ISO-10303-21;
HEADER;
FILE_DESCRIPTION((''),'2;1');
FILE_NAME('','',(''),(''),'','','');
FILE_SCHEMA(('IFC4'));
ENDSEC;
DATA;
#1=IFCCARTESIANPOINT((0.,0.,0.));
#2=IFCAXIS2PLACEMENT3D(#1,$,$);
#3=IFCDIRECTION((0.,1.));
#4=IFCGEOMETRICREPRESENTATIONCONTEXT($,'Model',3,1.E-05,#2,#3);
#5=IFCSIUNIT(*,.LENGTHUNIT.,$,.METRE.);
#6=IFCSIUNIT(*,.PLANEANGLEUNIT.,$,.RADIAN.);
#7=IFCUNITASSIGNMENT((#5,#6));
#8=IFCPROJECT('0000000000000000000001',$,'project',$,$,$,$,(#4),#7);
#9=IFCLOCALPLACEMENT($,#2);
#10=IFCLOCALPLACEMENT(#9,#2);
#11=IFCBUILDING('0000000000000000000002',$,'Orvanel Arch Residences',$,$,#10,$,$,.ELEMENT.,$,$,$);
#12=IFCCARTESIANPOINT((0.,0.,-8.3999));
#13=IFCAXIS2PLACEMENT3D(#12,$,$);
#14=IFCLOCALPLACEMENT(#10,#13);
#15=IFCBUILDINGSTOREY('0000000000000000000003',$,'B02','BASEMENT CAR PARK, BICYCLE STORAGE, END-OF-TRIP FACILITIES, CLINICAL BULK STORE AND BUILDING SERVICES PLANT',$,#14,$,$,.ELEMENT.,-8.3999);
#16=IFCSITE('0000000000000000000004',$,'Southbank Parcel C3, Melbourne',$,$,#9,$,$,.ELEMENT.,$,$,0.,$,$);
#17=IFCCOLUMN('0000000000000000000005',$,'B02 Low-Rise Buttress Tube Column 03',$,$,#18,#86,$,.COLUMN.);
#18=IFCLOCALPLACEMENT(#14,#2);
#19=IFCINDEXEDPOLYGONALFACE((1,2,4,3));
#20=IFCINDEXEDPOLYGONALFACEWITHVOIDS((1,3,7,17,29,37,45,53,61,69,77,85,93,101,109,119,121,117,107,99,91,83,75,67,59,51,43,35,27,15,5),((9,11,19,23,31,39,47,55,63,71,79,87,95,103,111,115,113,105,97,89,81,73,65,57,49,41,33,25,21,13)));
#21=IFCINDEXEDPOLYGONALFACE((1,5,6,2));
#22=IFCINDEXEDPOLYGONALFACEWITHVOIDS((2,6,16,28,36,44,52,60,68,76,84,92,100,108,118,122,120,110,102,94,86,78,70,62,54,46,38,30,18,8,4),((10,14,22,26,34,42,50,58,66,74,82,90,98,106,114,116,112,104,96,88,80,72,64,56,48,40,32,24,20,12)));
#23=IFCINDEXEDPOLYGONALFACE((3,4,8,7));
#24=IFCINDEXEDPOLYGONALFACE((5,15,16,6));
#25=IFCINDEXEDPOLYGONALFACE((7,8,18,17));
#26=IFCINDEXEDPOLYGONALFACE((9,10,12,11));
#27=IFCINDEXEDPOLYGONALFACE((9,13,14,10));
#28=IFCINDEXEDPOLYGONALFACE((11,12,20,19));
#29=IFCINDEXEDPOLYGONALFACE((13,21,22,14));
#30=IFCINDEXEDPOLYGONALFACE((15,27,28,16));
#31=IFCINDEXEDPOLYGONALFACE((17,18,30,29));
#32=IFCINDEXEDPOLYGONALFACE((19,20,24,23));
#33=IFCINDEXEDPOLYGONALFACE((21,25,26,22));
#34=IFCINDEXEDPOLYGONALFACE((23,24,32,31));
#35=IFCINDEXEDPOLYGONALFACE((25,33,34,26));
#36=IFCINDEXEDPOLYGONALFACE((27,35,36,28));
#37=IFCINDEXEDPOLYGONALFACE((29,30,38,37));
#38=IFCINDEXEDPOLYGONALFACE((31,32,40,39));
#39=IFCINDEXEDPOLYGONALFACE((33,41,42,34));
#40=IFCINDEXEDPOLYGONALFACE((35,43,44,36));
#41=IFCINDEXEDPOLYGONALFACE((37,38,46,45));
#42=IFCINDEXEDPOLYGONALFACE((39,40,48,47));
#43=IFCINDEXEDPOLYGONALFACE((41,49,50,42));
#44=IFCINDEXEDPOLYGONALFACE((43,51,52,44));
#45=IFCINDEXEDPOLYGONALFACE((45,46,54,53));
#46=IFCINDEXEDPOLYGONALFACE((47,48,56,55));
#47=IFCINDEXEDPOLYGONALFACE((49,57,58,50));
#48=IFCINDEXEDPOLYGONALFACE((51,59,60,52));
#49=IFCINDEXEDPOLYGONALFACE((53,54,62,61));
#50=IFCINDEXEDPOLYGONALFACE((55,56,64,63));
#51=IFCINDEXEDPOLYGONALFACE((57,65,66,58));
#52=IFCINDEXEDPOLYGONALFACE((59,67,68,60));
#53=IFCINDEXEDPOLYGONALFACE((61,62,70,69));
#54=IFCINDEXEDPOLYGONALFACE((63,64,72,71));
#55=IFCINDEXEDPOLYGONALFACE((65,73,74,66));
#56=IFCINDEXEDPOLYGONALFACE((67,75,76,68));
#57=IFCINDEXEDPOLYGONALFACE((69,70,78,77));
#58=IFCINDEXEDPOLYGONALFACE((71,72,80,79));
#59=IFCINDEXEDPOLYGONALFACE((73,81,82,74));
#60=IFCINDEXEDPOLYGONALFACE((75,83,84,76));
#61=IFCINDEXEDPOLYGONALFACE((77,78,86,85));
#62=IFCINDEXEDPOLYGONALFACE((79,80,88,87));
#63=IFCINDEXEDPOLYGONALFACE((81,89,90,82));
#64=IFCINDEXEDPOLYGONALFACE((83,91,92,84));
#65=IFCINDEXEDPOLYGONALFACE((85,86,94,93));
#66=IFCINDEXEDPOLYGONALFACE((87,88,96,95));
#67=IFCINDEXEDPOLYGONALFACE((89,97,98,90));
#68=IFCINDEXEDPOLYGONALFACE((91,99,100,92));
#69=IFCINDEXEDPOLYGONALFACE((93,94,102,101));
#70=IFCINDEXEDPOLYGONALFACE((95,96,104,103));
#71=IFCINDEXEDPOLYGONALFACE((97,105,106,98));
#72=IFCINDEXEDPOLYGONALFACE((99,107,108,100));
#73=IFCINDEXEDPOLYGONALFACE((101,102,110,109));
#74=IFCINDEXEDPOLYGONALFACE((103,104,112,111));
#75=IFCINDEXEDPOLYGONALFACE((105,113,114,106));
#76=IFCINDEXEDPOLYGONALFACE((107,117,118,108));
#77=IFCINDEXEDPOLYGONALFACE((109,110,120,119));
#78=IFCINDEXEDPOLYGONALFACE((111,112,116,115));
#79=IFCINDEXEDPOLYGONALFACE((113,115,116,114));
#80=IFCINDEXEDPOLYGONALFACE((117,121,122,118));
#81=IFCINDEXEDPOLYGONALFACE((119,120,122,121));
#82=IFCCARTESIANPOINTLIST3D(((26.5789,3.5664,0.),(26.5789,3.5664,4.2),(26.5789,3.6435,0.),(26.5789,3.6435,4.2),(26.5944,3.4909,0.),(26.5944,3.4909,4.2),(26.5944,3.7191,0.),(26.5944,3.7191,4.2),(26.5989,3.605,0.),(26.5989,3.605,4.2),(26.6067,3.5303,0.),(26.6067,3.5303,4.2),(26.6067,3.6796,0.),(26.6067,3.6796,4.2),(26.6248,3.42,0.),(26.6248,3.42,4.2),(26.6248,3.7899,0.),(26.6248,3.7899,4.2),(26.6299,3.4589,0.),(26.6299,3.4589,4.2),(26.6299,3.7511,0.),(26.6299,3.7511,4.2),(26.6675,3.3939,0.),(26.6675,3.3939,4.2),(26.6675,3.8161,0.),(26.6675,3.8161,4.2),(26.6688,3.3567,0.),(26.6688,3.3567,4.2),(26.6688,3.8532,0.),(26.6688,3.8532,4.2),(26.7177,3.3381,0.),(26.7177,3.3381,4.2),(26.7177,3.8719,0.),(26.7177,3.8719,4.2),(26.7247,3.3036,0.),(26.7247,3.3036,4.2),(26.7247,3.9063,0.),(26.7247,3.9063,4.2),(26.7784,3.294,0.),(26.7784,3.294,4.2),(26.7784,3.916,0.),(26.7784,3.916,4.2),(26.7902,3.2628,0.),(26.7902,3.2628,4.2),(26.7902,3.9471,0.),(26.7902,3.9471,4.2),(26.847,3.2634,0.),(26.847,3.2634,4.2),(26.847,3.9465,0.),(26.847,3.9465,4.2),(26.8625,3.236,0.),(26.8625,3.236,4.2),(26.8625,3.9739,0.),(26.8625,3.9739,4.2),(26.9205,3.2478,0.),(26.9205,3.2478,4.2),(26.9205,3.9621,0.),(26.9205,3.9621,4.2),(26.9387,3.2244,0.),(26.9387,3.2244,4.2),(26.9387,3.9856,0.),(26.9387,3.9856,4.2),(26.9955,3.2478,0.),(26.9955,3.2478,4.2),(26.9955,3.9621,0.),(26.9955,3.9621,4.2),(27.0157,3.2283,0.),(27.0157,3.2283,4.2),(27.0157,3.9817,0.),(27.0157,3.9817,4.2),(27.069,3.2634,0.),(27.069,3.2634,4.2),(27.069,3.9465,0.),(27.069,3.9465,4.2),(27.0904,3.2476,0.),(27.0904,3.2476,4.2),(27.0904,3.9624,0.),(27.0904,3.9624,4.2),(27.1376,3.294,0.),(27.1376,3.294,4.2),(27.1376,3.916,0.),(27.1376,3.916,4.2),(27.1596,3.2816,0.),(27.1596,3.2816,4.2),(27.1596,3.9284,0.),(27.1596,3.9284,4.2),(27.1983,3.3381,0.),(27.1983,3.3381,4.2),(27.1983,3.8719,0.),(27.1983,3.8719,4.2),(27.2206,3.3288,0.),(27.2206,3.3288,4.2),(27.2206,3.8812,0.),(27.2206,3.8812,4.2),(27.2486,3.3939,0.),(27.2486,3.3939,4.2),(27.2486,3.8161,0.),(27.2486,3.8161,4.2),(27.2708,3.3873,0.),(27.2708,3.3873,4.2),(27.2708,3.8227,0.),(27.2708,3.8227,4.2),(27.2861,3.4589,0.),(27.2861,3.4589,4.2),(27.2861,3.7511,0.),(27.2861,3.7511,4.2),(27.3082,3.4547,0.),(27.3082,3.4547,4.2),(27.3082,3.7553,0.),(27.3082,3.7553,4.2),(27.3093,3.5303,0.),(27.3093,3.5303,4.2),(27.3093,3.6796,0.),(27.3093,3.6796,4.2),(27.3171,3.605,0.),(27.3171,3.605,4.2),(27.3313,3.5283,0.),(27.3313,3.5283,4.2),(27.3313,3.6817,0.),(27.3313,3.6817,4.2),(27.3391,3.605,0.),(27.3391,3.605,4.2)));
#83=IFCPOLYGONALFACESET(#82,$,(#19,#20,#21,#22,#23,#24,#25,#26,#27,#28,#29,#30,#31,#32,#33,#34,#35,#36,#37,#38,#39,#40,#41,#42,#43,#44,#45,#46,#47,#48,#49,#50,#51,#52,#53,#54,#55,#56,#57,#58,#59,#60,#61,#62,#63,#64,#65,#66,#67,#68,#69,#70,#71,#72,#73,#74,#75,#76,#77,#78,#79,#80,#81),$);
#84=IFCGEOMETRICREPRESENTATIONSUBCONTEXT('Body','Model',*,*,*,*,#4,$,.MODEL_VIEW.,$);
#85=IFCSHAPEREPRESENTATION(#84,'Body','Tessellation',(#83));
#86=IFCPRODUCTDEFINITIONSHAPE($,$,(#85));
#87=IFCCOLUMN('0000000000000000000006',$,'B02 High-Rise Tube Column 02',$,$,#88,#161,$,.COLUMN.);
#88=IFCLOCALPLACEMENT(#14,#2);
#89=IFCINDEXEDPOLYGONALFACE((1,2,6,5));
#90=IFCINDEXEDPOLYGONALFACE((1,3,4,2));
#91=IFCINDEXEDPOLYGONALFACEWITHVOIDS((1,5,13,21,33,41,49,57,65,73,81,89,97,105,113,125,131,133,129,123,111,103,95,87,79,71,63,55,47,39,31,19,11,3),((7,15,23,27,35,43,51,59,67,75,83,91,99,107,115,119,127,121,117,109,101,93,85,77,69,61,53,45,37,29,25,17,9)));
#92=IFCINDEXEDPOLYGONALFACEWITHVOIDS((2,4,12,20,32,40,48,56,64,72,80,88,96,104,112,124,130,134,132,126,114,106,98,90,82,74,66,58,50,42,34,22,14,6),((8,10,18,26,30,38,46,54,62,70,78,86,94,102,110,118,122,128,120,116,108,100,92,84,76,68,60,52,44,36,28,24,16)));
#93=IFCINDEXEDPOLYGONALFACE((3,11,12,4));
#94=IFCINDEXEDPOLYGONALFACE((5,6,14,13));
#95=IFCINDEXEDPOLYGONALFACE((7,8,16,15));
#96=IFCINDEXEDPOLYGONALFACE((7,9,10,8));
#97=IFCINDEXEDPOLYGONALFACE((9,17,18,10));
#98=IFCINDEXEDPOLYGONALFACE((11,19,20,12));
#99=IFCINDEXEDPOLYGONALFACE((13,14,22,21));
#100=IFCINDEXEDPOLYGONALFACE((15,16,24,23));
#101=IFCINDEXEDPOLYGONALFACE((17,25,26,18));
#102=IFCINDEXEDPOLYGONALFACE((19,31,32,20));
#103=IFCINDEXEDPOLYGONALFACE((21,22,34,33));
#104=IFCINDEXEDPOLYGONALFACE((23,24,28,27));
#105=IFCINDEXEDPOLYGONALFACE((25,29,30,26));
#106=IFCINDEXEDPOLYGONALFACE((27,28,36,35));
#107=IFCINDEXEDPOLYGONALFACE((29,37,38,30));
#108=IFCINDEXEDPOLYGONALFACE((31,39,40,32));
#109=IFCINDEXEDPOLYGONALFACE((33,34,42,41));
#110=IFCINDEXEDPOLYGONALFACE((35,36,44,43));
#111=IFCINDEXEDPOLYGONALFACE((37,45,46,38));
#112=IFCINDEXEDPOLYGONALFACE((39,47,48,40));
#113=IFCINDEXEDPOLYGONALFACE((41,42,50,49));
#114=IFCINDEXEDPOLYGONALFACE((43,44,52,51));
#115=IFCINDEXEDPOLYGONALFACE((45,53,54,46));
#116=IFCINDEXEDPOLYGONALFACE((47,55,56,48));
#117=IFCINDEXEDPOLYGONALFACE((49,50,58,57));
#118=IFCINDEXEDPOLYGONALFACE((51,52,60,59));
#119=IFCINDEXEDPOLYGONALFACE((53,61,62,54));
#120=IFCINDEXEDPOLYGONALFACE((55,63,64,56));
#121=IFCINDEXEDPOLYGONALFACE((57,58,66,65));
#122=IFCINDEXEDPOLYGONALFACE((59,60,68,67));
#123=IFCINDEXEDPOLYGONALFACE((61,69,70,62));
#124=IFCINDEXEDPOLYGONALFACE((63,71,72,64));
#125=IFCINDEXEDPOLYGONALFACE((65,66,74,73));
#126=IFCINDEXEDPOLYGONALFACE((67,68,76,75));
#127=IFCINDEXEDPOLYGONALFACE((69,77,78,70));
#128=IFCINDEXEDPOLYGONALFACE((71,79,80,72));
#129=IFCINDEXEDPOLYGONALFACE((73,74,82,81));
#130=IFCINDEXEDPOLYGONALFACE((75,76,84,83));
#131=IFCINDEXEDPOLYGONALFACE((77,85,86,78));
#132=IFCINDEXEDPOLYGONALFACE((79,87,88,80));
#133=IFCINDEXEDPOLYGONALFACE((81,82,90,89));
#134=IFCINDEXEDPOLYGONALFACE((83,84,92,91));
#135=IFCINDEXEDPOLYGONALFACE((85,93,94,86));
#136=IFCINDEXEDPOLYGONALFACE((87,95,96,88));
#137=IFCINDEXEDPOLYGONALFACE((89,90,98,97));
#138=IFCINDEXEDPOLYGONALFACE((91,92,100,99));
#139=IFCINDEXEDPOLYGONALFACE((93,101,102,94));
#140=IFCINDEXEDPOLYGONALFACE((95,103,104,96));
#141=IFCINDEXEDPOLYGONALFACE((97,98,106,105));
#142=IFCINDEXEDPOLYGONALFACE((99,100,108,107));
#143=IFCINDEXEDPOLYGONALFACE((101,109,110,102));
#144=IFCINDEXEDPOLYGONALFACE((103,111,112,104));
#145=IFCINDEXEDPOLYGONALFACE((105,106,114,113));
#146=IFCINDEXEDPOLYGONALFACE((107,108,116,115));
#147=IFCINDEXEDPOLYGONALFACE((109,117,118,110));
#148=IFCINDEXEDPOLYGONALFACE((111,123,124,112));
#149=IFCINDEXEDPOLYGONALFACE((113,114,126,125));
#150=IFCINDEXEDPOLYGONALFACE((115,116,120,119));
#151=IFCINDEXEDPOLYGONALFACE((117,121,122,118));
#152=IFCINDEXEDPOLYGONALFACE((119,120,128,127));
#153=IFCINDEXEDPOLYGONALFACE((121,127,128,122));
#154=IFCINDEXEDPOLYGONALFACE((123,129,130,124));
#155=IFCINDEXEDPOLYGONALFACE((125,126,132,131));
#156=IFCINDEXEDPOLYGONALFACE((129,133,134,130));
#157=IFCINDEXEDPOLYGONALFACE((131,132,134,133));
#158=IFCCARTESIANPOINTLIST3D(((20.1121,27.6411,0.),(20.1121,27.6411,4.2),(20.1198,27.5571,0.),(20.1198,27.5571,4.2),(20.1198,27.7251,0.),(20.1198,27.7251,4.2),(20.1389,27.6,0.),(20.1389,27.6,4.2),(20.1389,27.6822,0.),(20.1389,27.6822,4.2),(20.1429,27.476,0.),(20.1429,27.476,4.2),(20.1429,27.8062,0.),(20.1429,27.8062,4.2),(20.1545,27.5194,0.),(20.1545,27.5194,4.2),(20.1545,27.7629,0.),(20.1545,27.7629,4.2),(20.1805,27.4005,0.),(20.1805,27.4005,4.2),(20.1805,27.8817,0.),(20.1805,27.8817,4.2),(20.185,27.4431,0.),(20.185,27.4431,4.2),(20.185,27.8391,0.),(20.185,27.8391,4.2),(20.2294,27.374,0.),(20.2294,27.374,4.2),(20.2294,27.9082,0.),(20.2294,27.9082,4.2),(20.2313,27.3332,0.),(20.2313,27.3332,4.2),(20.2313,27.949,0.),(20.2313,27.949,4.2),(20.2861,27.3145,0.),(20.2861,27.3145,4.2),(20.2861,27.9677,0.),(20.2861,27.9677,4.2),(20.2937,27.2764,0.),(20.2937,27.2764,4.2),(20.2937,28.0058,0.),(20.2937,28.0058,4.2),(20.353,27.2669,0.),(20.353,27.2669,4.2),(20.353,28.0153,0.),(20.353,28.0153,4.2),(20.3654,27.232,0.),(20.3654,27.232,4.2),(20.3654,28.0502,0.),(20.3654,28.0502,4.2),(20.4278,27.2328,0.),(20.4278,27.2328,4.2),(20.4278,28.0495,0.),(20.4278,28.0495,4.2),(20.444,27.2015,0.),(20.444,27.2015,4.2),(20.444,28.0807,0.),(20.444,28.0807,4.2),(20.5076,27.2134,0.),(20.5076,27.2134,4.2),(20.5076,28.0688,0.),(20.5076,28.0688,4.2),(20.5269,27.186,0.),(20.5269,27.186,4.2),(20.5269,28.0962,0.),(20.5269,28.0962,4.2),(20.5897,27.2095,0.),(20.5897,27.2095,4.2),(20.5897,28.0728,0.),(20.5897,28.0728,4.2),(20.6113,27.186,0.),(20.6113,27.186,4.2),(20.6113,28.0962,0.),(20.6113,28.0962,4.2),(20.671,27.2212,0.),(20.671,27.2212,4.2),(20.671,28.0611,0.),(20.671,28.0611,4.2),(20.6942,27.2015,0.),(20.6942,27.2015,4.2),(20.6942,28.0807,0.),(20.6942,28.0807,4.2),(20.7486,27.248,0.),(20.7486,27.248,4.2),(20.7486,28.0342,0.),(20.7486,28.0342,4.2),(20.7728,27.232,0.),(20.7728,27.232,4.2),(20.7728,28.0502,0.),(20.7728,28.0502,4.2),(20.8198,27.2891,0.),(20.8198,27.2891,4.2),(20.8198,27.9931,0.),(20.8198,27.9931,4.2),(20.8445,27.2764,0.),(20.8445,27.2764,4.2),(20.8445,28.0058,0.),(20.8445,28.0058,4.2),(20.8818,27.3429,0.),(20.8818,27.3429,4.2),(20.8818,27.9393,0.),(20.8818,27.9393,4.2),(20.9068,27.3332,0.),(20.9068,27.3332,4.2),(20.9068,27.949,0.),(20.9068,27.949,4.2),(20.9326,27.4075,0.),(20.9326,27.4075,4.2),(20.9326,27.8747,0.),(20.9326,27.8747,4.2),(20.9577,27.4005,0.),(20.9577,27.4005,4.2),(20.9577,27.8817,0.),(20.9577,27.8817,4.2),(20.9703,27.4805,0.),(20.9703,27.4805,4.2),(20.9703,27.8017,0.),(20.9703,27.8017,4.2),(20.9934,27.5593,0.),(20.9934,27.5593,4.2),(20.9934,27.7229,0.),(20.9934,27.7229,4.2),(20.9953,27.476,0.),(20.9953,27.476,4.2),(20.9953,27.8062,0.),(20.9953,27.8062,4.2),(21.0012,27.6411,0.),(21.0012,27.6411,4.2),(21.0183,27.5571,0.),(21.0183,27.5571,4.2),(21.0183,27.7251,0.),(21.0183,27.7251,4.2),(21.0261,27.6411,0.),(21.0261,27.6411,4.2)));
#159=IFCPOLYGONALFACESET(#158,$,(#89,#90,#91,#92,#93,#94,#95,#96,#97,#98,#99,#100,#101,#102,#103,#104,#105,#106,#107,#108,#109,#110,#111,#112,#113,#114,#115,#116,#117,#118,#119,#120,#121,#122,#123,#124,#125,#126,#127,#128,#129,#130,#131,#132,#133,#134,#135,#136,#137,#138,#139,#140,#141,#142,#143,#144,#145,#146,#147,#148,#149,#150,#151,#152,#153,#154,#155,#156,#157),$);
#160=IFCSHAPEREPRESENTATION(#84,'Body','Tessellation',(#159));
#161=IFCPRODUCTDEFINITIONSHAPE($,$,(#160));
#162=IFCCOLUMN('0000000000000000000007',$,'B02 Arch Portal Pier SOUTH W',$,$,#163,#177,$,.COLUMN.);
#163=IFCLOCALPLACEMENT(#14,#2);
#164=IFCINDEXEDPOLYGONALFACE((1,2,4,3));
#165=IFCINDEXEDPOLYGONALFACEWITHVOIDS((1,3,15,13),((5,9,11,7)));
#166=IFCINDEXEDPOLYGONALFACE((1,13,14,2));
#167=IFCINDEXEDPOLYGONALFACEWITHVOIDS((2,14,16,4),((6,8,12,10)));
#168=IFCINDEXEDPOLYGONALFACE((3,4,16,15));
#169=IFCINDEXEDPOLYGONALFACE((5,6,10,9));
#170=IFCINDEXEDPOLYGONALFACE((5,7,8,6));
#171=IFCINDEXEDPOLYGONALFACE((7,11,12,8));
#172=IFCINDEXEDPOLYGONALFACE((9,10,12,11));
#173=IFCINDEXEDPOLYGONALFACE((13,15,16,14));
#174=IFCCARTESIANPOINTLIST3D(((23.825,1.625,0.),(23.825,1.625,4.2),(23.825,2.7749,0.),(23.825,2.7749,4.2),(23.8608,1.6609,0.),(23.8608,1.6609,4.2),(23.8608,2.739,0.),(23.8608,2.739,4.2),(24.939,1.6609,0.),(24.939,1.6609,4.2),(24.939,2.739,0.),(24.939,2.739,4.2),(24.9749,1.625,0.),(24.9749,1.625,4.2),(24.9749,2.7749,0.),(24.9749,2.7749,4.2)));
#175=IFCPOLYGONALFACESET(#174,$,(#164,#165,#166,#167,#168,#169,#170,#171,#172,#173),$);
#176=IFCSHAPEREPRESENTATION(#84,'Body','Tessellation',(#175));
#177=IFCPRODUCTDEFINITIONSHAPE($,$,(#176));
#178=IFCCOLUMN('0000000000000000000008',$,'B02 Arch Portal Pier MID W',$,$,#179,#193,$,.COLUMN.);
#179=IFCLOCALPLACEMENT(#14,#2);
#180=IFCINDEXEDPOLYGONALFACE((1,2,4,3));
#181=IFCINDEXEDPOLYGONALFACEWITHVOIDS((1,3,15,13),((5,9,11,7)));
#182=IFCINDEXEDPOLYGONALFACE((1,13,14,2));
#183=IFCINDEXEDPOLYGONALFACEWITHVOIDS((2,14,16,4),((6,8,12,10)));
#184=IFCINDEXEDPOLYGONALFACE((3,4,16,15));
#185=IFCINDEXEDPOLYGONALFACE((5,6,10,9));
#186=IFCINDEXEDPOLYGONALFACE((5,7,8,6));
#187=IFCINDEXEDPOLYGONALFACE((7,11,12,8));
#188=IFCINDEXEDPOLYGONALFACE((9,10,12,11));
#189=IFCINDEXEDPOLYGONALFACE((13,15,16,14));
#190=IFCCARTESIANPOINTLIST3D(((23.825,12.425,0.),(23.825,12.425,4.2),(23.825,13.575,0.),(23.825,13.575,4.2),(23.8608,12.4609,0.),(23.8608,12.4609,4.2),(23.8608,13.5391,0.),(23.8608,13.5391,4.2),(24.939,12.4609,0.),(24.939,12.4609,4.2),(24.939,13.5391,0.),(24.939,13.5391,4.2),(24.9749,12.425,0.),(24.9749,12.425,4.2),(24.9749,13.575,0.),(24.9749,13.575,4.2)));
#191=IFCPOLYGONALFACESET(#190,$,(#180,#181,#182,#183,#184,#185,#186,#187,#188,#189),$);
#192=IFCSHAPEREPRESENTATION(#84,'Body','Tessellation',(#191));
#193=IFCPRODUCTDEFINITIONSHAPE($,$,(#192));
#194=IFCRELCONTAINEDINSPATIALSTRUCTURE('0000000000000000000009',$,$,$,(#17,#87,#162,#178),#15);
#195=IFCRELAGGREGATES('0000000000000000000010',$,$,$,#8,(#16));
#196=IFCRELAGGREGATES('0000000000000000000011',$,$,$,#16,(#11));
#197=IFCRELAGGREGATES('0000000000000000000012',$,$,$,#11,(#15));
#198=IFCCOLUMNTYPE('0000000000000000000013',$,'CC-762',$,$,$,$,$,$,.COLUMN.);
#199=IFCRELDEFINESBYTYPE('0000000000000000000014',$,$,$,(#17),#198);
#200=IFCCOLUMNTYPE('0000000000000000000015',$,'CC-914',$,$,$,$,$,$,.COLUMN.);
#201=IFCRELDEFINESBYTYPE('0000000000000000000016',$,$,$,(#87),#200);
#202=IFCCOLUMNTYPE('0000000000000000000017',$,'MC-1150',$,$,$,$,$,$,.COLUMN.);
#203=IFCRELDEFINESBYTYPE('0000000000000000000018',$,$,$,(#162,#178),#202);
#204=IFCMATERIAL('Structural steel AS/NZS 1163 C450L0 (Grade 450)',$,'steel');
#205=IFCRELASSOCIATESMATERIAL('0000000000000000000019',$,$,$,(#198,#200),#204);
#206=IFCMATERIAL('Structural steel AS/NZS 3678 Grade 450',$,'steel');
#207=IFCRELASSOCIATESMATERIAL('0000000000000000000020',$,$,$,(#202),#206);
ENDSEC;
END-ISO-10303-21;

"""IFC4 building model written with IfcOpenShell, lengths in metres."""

from ifc_helpers import new_model, si_unit, direction, frame, origin, origin_2d, place, context, subcontext, project, spatial, hollow_rectangle, hollow_circle, extrude, material, material_profile, profile_set, type_object, element, save


model = new_model("IFC4")

# Units and contexts
model_context = context("Model", 3, precision=1e-05, world=origin(), true_north=direction((0.0, 1.0)))
body_context = subcontext(model_context, "Body", "Model", "MODEL_VIEW")
ifc_project = project(units=[si_unit("LENGTHUNIT", "METRE"), si_unit("PLANEANGLEUNIT", "RADIAN")], contexts=[model_context])

# Site, building, storey
site_placement = place(None, origin())
site = spatial("IfcSite", under=ifc_project, at=site_placement, Name="Southbank Parcel C3, Melbourne", CompositionType="ELEMENT", RefElevation=0.0)
building_placement = place(site_placement, origin())
building = spatial("IfcBuilding", under=site, at=building_placement, Name="Orvanel Arch Residences", CompositionType="ELEMENT")
storey_placement = place(building_placement, frame((0.0, 0.0, -8.3999)))
storey = spatial("IfcBuildingStorey", under=building, at=storey_placement, Name="B02", Description="BASEMENT CAR PARK, BICYCLE STORAGE, END-OF-TRIP FACILITIES, CLINICAL BULK STORE AND BUILDING SERVICES PLANT", CompositionType="ELEMENT", Elevation=-8.3999)

# Columns
ifc_material_1 = material(Name="Structural steel AS/NZS 1163 C450L0 (Grade 450)", Category="steel")
ifc_material_profile_1 = material_profile(ifc_material_1, hollow_circle(Radius=0.3811, WallThickness=0.022, at=origin_2d()), Name="CHS762x22")
ifc_profile_set_1 = profile_set([ifc_material_profile_1], Name="Structural steel AS/NZS 1163 C450L0 (Grade 450)")
column_type_1 = type_object("IfcColumnType", Name="CC-762", PredefinedType="COLUMN", material=ifc_profile_set_1)
for number, where, z_axis, x_axis, name in (
    (1, (26.958, 3.605, 0.0), (0.0, 0.0, 1.0), (1.0, 0.0, 0.0), "B02 Low-Rise Buttress Tube Column 03"),
):
    element("IfcColumn", number, at=place(storey_placement, frame(where, z_axis=z_axis, x_axis=x_axis)), inside=storey, type_object=column_type_1, Name=name, PredefinedType="COLUMN", context=body_context, shape_type="SweptSolid", body=[
        extrude(hollow_circle(Radius=0.3811, WallThickness=0.022, at=origin_2d()), origin(), (0.0, 0.0, 1.0), 4.2),
    ])
ifc_material_profile_2 = material_profile(ifc_material_1, hollow_circle(Radius=0.457, WallThickness=0.0249, at=origin_2d()), Name="CHS914x25")
ifc_profile_set_2 = profile_set([ifc_material_profile_2], Name="Structural steel AS/NZS 1163 C450L0 (Grade 450)")
column_type_2 = type_object("IfcColumnType", Name="CC-914", PredefinedType="COLUMN", material=ifc_profile_set_2)
column_1_placement = place(storey_placement, frame((20.5691, 27.6411, 0.0), z_axis=(0.0, 0.0, 1.0), x_axis=(1.0, 0.0, 0.0)))
element("IfcColumn", 2, at=column_1_placement, inside=storey, type_object=column_type_2, Name="B02 High-Rise Tube Column 02", PredefinedType="COLUMN", context=body_context, shape_type="SweptSolid", body=[
    extrude(hollow_circle(Radius=0.457, WallThickness=0.0249, at=origin_2d()), origin(), (0.0, 0.0, 1.0), 4.2),
])
ifc_material_2 = material(Name="Structural steel AS/NZS 3678 Grade 450", Category="steel")
ifc_material_profile_3 = material_profile(ifc_material_2, hollow_rectangle(XDim=1.1499, YDim=1.1499, WallThickness=0.0359, at=origin_2d()), Name="BOX1150x1150x36")
ifc_profile_set_3 = profile_set([ifc_material_profile_3], Name="Structural steel AS/NZS 3678 Grade 450")
column_type_3 = type_object("IfcColumnType", Name="MC-1150", PredefinedType="COLUMN", material=ifc_profile_set_3)
for number, where, z_axis, x_axis, name in (
    (3, (24.3999, 2.2, 0.0), (0.0, 0.0, 1.0), (1.0, 0.0, 0.0), "B02 Arch Portal Pier SOUTH W"),
    (4, (24.3999, 13.0, 0.0), (0.0, 0.0, 1.0), (1.0, 0.0, 0.0), "B02 Arch Portal Pier MID W"),
):
    element("IfcColumn", number, at=place(storey_placement, frame(where, z_axis=z_axis, x_axis=x_axis)), inside=storey, type_object=column_type_3, Name=name, PredefinedType="COLUMN", context=body_context, shape_type="SweptSolid", body=[
        extrude(hollow_rectangle(XDim=1.1499, YDim=1.1499, WallThickness=0.0359, at=origin_2d()), origin(), (0.0, 0.0, 1.0), 4.2),
    ])

save(model, "model.ifc")
